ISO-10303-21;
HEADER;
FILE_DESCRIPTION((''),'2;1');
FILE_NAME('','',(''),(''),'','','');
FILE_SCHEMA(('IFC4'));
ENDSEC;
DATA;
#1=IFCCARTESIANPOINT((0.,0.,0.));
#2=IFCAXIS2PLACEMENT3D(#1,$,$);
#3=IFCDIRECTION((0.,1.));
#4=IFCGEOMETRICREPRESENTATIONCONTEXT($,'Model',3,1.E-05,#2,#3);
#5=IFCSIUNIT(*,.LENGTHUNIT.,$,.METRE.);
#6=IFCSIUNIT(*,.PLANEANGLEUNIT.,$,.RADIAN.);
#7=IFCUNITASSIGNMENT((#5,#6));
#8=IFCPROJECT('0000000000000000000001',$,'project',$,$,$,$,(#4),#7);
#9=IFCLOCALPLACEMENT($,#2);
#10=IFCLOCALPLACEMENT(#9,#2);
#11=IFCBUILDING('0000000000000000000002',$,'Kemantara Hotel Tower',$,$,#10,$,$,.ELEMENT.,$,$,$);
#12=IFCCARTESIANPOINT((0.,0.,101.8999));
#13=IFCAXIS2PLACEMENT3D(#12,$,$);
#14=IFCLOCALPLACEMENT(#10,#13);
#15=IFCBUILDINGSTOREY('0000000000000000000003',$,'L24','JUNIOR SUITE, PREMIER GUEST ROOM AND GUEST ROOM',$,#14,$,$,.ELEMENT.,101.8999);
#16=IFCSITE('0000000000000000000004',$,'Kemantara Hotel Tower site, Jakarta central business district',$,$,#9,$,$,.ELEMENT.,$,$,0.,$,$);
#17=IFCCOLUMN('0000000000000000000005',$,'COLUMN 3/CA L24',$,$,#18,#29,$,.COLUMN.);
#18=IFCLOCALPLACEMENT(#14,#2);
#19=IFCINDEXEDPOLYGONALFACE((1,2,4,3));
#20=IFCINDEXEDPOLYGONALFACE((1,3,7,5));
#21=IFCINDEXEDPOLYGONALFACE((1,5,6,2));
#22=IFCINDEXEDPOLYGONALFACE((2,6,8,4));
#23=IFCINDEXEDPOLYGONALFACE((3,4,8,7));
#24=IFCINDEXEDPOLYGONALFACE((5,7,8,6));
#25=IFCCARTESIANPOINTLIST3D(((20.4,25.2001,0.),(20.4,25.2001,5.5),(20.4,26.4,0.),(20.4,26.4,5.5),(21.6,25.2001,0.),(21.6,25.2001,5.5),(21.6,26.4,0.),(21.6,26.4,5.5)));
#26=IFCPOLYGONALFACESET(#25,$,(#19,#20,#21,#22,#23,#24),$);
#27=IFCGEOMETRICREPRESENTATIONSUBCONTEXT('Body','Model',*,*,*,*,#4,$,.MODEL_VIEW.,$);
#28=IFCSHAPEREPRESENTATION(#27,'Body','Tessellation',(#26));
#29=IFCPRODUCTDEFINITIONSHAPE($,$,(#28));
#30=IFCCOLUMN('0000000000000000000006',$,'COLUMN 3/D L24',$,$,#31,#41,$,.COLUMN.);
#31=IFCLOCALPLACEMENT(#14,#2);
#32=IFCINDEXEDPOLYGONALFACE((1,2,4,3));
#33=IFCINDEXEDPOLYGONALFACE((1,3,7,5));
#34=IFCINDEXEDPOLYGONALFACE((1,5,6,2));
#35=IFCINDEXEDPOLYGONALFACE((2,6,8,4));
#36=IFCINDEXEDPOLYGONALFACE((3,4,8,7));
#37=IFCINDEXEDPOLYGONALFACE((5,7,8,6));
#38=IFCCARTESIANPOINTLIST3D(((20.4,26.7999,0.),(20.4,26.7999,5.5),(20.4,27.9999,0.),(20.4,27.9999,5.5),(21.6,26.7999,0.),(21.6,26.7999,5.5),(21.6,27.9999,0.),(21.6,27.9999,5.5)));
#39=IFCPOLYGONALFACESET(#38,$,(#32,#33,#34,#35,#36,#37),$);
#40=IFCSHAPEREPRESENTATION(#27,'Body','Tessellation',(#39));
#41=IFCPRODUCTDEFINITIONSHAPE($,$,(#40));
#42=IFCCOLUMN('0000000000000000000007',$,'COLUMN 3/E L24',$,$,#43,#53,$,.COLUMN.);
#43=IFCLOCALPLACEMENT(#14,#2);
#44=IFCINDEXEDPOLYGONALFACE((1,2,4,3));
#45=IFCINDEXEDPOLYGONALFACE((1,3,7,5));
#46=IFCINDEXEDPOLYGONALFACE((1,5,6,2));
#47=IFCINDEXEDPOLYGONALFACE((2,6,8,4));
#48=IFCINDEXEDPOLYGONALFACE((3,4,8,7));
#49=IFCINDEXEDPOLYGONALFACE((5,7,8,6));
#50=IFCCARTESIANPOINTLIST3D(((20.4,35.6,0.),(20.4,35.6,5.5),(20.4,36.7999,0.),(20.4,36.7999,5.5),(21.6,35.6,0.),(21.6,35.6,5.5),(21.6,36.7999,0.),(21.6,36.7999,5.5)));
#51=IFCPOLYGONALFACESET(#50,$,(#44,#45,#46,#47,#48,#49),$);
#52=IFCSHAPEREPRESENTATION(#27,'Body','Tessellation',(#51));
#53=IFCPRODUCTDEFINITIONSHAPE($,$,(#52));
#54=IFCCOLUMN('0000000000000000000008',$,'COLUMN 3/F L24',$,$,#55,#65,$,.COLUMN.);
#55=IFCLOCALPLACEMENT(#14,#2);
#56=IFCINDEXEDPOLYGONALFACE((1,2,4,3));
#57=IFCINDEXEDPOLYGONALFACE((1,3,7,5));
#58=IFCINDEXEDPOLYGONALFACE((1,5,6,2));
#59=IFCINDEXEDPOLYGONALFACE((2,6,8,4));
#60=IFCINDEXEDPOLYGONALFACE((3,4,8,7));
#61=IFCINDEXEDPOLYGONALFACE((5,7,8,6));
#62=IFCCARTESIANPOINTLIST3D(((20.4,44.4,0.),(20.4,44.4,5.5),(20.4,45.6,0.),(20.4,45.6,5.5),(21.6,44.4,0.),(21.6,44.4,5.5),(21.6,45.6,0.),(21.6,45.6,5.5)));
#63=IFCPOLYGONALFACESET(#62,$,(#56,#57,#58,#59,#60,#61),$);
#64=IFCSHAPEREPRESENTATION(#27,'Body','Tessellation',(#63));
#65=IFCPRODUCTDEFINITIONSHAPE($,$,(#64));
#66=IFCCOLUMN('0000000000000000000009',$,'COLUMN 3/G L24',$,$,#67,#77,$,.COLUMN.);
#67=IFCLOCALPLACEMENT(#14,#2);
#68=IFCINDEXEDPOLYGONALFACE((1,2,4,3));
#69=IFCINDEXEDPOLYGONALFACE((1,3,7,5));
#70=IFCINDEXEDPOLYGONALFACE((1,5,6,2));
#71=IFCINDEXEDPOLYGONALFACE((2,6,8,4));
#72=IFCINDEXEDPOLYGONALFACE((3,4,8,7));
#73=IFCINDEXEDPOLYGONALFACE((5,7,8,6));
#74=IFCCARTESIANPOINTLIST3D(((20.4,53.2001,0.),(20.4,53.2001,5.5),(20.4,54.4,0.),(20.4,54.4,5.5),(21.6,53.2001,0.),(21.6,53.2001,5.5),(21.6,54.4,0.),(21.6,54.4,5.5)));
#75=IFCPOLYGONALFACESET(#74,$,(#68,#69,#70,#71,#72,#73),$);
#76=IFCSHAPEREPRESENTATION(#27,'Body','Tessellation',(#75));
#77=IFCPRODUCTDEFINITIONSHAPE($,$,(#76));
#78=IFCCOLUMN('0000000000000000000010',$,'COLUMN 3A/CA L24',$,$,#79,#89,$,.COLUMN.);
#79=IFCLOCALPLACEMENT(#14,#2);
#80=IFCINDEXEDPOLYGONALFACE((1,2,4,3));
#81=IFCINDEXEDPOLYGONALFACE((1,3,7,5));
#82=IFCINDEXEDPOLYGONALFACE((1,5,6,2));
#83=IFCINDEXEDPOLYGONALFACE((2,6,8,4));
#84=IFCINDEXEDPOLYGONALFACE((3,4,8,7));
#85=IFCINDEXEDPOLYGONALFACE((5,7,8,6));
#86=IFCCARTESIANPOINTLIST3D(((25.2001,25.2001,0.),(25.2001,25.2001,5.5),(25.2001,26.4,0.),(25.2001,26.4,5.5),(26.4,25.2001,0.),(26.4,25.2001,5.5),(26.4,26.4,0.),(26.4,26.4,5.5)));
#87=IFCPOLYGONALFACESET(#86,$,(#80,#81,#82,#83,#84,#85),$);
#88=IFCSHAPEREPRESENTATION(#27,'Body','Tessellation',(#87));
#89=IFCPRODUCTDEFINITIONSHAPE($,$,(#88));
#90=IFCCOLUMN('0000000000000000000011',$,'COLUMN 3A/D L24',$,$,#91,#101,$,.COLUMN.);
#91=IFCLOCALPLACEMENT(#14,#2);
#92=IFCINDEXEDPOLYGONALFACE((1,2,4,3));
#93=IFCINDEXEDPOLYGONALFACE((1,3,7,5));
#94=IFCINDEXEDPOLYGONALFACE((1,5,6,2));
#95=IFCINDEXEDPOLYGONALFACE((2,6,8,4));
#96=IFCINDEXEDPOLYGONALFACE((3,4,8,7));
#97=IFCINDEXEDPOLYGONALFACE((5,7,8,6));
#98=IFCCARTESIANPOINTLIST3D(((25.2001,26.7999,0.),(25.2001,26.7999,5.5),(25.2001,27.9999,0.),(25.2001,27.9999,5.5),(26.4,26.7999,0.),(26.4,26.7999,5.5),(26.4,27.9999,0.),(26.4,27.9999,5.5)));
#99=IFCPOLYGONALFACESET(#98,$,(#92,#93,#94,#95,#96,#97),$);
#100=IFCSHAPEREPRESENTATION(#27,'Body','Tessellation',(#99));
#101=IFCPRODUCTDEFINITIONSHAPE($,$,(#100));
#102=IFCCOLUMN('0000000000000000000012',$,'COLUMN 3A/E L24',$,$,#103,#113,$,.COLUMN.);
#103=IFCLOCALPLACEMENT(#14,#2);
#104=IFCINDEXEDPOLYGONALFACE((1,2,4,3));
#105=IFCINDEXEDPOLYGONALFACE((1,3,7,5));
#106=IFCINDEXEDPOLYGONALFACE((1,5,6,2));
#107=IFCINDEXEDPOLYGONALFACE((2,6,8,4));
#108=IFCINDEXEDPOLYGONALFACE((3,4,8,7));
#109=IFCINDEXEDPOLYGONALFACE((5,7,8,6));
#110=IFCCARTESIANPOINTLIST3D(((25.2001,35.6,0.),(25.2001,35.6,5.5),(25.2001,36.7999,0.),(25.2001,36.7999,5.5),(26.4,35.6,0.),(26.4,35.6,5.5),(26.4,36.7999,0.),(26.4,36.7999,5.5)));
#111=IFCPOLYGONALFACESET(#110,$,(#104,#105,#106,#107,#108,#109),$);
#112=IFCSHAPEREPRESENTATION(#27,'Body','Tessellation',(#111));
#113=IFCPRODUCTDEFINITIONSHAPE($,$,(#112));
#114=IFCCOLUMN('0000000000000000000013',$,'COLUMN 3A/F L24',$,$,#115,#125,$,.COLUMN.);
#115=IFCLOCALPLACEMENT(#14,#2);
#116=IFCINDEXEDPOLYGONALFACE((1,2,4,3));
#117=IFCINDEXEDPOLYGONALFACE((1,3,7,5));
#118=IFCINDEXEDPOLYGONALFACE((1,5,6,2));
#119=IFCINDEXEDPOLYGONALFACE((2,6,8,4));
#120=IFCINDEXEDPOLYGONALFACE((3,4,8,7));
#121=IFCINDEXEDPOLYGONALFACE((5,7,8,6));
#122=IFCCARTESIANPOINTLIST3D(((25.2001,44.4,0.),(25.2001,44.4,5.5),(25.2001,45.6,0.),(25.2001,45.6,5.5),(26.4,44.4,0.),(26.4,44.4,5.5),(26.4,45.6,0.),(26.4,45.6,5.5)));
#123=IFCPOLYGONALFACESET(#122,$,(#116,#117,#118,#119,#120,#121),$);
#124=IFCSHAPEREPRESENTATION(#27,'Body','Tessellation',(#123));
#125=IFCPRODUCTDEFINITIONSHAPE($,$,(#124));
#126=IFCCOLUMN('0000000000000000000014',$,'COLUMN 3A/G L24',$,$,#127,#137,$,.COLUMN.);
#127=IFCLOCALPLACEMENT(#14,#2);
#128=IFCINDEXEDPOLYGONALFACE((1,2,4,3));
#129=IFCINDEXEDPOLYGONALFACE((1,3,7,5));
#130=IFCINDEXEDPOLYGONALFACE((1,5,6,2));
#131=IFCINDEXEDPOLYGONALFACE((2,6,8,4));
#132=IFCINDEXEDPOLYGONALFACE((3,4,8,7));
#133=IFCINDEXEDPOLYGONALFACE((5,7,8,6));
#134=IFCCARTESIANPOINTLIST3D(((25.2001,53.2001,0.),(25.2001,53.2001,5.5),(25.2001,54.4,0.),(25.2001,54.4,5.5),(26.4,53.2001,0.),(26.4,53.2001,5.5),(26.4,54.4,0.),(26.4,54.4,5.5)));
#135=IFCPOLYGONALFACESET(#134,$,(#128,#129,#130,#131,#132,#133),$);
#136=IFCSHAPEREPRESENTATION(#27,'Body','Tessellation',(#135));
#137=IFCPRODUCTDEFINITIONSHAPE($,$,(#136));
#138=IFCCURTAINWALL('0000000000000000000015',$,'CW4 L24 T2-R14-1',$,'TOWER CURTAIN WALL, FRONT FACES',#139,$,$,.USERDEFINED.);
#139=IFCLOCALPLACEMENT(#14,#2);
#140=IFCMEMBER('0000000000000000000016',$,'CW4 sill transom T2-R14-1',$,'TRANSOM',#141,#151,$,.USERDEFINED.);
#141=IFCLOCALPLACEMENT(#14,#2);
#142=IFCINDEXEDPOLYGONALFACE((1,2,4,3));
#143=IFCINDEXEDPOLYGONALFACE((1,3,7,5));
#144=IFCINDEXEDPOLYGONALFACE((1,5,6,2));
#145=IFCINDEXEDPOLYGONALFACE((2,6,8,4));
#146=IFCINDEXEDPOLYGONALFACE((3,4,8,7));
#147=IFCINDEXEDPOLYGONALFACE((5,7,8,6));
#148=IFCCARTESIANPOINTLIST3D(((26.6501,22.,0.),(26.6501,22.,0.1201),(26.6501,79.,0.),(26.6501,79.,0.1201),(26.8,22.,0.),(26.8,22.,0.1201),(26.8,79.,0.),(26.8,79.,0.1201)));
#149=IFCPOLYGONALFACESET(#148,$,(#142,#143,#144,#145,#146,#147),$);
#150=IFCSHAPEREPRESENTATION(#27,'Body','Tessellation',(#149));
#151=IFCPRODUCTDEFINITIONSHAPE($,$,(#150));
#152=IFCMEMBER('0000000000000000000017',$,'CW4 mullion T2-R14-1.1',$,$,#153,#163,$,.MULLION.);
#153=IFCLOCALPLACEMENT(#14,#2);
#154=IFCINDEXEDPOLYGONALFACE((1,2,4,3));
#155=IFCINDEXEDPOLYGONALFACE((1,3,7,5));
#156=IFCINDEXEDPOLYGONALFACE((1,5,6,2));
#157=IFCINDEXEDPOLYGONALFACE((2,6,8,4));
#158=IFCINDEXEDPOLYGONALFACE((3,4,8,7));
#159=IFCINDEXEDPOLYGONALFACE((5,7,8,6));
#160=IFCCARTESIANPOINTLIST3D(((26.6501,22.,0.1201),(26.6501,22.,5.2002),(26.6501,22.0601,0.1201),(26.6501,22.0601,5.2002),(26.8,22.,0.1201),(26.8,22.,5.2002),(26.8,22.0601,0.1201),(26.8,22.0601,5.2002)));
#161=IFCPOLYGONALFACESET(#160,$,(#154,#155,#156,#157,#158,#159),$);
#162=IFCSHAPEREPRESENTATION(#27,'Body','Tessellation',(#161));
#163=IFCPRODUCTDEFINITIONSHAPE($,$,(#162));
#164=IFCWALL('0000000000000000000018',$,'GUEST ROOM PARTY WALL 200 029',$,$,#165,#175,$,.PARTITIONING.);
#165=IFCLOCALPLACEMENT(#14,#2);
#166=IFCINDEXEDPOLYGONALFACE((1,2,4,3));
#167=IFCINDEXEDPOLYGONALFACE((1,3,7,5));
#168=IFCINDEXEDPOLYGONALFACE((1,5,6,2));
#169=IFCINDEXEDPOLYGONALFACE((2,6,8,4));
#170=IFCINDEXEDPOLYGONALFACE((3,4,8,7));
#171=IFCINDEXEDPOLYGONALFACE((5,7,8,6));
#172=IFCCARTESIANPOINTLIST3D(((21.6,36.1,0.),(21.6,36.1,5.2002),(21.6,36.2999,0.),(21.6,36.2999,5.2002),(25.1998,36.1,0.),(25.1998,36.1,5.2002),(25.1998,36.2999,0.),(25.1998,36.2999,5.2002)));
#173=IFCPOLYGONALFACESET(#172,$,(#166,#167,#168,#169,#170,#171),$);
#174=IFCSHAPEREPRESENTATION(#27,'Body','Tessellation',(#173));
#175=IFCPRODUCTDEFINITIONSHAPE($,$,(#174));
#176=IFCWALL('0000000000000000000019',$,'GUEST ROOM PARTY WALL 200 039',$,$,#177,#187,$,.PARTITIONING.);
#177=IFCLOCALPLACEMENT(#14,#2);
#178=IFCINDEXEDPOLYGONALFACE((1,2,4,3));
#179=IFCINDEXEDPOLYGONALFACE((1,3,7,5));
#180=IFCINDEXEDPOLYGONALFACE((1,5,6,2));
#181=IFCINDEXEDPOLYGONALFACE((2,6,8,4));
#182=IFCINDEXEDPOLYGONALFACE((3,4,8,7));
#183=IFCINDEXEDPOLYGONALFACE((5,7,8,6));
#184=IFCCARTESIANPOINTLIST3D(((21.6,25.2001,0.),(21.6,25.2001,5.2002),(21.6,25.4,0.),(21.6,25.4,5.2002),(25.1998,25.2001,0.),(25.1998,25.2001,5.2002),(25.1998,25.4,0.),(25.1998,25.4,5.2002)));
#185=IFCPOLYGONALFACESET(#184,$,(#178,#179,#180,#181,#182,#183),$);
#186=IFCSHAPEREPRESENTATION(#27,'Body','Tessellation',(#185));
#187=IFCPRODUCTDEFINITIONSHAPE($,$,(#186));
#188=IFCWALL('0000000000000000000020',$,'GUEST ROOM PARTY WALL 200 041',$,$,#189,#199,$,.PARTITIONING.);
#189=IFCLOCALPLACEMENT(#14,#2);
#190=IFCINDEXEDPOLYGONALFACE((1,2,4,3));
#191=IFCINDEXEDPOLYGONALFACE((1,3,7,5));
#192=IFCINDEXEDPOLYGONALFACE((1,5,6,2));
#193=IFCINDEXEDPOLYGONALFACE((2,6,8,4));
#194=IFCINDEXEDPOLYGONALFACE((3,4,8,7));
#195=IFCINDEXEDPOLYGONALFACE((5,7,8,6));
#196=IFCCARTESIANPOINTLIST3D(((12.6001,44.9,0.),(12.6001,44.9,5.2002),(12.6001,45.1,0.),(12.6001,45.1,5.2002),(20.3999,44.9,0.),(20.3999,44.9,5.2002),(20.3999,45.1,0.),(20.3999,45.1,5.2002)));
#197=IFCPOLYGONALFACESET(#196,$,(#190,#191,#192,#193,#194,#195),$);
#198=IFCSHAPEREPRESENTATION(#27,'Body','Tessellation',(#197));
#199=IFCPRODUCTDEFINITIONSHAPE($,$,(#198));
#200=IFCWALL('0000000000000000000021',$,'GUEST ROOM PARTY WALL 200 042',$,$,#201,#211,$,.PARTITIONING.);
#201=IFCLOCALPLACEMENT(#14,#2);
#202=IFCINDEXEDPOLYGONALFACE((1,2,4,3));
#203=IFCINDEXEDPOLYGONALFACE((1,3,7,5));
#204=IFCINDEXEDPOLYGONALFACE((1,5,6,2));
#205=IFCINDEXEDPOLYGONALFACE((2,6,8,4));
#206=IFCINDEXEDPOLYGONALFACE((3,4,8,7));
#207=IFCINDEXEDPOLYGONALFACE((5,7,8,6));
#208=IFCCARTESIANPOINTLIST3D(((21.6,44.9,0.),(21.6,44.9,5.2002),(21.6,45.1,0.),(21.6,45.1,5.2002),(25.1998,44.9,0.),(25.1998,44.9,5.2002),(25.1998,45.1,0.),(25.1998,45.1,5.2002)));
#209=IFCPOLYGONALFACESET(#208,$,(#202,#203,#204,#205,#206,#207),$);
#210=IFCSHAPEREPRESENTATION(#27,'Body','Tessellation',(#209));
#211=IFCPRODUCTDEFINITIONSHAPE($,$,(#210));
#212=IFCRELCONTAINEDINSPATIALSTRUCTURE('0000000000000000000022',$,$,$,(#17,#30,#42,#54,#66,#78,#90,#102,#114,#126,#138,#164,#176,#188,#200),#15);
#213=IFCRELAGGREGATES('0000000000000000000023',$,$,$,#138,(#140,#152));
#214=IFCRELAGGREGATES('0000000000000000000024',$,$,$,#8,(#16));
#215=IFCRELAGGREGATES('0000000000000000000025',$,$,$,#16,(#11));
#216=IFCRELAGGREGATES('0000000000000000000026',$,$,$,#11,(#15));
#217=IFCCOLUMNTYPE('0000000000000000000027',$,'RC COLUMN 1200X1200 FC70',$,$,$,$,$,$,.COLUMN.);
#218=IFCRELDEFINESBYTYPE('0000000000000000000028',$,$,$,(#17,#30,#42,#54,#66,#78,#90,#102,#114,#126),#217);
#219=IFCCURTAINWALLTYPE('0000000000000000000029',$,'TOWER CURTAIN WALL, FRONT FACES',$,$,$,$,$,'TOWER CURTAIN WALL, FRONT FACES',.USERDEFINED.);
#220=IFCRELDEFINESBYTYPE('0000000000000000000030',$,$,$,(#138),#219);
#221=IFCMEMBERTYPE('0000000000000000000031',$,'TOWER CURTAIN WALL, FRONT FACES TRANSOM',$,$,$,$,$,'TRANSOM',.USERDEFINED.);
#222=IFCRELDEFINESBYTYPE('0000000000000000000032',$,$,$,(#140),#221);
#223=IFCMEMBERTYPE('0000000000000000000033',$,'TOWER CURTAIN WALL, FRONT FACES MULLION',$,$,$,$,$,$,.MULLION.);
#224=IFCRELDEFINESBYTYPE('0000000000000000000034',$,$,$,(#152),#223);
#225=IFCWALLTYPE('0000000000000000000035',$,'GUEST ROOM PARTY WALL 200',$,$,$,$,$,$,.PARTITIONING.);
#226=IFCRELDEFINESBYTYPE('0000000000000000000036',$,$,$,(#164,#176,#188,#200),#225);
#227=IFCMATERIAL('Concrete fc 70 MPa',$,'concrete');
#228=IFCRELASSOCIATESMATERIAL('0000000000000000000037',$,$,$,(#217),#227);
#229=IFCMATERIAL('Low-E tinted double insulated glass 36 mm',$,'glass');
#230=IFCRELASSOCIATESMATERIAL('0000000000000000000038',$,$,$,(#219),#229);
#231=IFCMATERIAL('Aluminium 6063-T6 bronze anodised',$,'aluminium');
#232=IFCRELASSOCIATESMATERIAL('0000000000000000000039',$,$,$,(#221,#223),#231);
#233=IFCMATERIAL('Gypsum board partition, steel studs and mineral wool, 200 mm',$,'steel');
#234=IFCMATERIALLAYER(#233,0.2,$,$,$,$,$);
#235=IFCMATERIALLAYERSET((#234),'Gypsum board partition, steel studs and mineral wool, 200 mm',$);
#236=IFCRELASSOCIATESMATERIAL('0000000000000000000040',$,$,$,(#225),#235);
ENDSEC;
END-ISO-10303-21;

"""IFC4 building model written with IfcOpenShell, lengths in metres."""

from ifc_helpers import new_model, si_unit, direction, frame, frame_2d, origin, origin_2d, place, context, subcontext, project, spatial, rectangle, extrude, source, transform, mapped, material, layer, layer_set, material_profile, profile_set, type_object, element, aggregate, save


model = new_model("IFC4")

# Units and contexts
model_context = context("Model", 3, precision=1e-05, world=origin(), true_north=direction((0.0, 1.0)))
body_context = subcontext(model_context, "Body", "Model", "MODEL_VIEW")
ifc_project = project(units=[si_unit("LENGTHUNIT", "METRE"), si_unit("PLANEANGLEUNIT", "RADIAN")], contexts=[model_context])

# Site, building, storey
site_placement = place(None, origin())
site = spatial("IfcSite", under=ifc_project, at=site_placement, Name="Kemantara Hotel Tower site, Jakarta central business district", CompositionType="ELEMENT", RefElevation=0.0)
building_placement = place(site_placement, origin())
building = spatial("IfcBuilding", under=site, at=building_placement, Name="Kemantara Hotel Tower", CompositionType="ELEMENT")
storey_placement = place(building_placement, frame((0.0, 0.0, 101.8999)))
storey = spatial("IfcBuildingStorey", under=building, at=storey_placement, Name="L24", Description="JUNIOR SUITE, PREMIER GUEST ROOM AND GUEST ROOM", CompositionType="ELEMENT", Elevation=101.8999)

# Columns
ifc_material_1 = material(Name="Concrete fc 70 MPa", Category="concrete")
ifc_material_profile_1 = material_profile(ifc_material_1, rectangle(XDim=1.2, YDim=1.2, at=origin_2d()), Name="RC 1200X1200")
ifc_profile_set_1 = profile_set([ifc_material_profile_1], Name="Concrete fc 70 MPa")
column_type = type_object("IfcColumnType", Name="RC COLUMN 1200X1200 FC70", PredefinedType="COLUMN", material=ifc_profile_set_1)
for number, where, z_axis, x_axis, name in (
    (1, (21.0, 25.8, 0.0), (0.0, 0.0, 1.0), (1.0, 0.0, 0.0), "COLUMN 3/CA L24"),
    (2, (21.0, 27.3999, 0.0), (0.0, 0.0, 1.0), (1.0, 0.0, 0.0), "COLUMN 3/D L24"),
    (3, (21.0, 36.2, 0.0), (0.0, 0.0, 1.0), (1.0, 0.0, 0.0), "COLUMN 3/E L24"),
    (4, (21.0, 45.0, 0.0), (0.0, 0.0, 1.0), (1.0, 0.0, 0.0), "COLUMN 3/F L24"),
    (5, (21.0, 53.8, 0.0), (0.0, 0.0, 1.0), (1.0, 0.0, 0.0), "COLUMN 3/G L24"),
    (6, (25.8, 25.8, 0.0), (0.0, 0.0, 1.0), (1.0, 0.0, 0.0), "COLUMN 3A/CA L24"),
    (7, (25.8, 27.3999, 0.0), (0.0, 0.0, 1.0), (1.0, 0.0, 0.0), "COLUMN 3A/D L24"),
    (8, (25.8, 36.2, 0.0), (0.0, 0.0, 1.0), (1.0, 0.0, 0.0), "COLUMN 3A/E L24"),
    (9, (25.8, 45.0, 0.0), (0.0, 0.0, 1.0), (1.0, 0.0, 0.0), "COLUMN 3A/F L24"),
    (10, (25.8, 53.8, 0.0), (0.0, 0.0, 1.0), (1.0, 0.0, 0.0), "COLUMN 3A/G L24"),
):
    element("IfcColumn", number, at=place(storey_placement, frame(where, z_axis=z_axis, x_axis=x_axis)), inside=storey, type_object=column_type, Name=name, PredefinedType="COLUMN", context=body_context, shape_type="SweptSolid", body=[
        extrude(rectangle(XDim=1.2, YDim=1.2, at=origin_2d()), origin(), (0.0, 0.0, 1.0), 5.5),
    ])

# Curtain wall, members
ifc_material_2 = material(Name="Low-E tinted double insulated glass 36 mm", Category="glass")
curtain_wall_type = type_object("IfcCurtainWallType", Name="TOWER CURTAIN WALL, FRONT FACES", ElementType="TOWER CURTAIN WALL, FRONT FACES", PredefinedType="USERDEFINED", material=ifc_material_2)
curtain_wall_placement = place(storey_placement, origin())
curtain_wall = element("IfcCurtainWall", 11, at=curtain_wall_placement, inside=storey, type_object=curtain_wall_type, Name="CW4 L24 T2-R14-1", ObjectType="TOWER CURTAIN WALL, FRONT FACES", PredefinedType="USERDEFINED")
ifc_material_3 = material(Name="Aluminium 6063-T6 bronze anodised", Category="aluminium")
ifc_material_profile_2 = material_profile(ifc_material_3, rectangle(XDim=0.1499, YDim=0.1201, at=origin_2d()), Name="TOWER CURTAIN WALL, FRONT FACES TRANSOM")
ifc_profile_set_2 = profile_set([ifc_material_profile_2], Name="Aluminium 6063-T6 bronze anodised")
member_type_1 = type_object("IfcMemberType", Name="TOWER CURTAIN WALL, FRONT FACES TRANSOM", ElementType="TRANSOM", PredefinedType="USERDEFINED", material=ifc_profile_set_2)
member_1_placement = place(storey_placement, frame((26.7251, 22.0, 0.0601), z_axis=(0.0, 1.0, 0.0), x_axis=(-1.0, 0.0, 0.0)))
member_1 = element("IfcMember", 12, at=member_1_placement, type_object=member_type_1, Name="CW4 sill transom T2-R14-1", ObjectType="TRANSOM", PredefinedType="USERDEFINED", context=body_context, shape_type="SweptSolid", body=[
    extrude(rectangle(XDim=0.1499, YDim=0.1201, at=origin_2d()), origin(), (0.0, 0.0, 1.0), 57.0),
])
ifc_material_profile_3 = material_profile(ifc_material_3, rectangle(XDim=0.1499, YDim=0.0601, at=origin_2d()), Name="TOWER CURTAIN WALL, FRONT FACES MULLION")
ifc_profile_set_3 = profile_set([ifc_material_profile_3], Name="Aluminium 6063-T6 bronze anodised")
member_type_2 = type_object("IfcMemberType", Name="TOWER CURTAIN WALL, FRONT FACES MULLION", PredefinedType="MULLION", material=ifc_profile_set_3)
shared_shape = source(origin(), body_context, "Body", "SweptSolid", [
    extrude(rectangle(XDim=0.1499, YDim=0.0601, at=origin_2d()), origin(), (0.0, 0.0, 1.0), 5.0801),
])
member_2_placement = place(storey_placement, frame((26.7251, 22.03, 0.1201), z_axis=(0.0, 0.0, 1.0), x_axis=(-1.0, 0.0, 0.0)))
member_2 = element("IfcMember", 13, at=member_2_placement, type_object=member_type_2, Name="CW4 mullion T2-R14-1.1", PredefinedType="MULLION", context=body_context, shape_type="MappedRepresentation", body=[
    mapped(shared_shape, transform((0.0, 0.0, 0.0))),
])
aggregate(curtain_wall, [member_1, member_2])

# Walls
ifc_material_4 = material(Name="Gypsum board partition, steel studs and mineral wool, 200 mm", Category="steel")
ifc_layer_1 = layer(ifc_material_4, 0.2)
ifc_layer_set_1 = layer_set([ifc_layer_1], Name="Gypsum board partition, steel studs and mineral wool, 200 mm")
wall_type_1 = type_object("IfcWallType", Name="GUEST ROOM PARTY WALL 200", PredefinedType="PARTITIONING", material=ifc_layer_set_1)
for number, where, z_axis, x_axis, name in (
    (14, (21.6001, 36.2, 0.0), (0.0, 0.0, 1.0), (1.0, 0.0, 0.0), "GUEST ROOM PARTY WALL 200 029"),
    (15, (21.6001, 25.3, 0.0), (0.0, 0.0, 1.0), (1.0, 0.0, 0.0), "GUEST ROOM PARTY WALL 200 039"),
):
    element("IfcWall", number, at=place(storey_placement, frame(where, z_axis=z_axis, x_axis=x_axis)), inside=storey, type_object=wall_type_1, Name=name, PredefinedType="PARTITIONING", context=body_context, shape_type="SweptSolid", body=[
        extrude(rectangle(XDim=3.5999, YDim=0.2, at=frame_2d((1.7998, 0.0))), origin(), (0.0, 0.0, 1.0), 5.2002),
    ])
wall_1_placement = place(storey_placement, frame((12.6001, 45.0, 0.0), z_axis=(0.0, 0.0, 1.0), x_axis=(1.0, 0.0, 0.0)))
element("IfcWall", 16, at=wall_1_placement, inside=storey, type_object=wall_type_1, Name="GUEST ROOM PARTY WALL 200 041", PredefinedType="PARTITIONING", context=body_context, shape_type="SweptSolid", body=[
    extrude(rectangle(XDim=7.7998, YDim=0.2, at=frame_2d((3.8999, 0.0))), origin(), (0.0, 0.0, 1.0), 5.2002),
])
wall_2_placement = place(storey_placement, frame((21.6001, 45.0, 0.0), z_axis=(0.0, 0.0, 1.0), x_axis=(1.0, 0.0, 0.0)))
element("IfcWall", 17, at=wall_2_placement, inside=storey, type_object=wall_type_1, Name="GUEST ROOM PARTY WALL 200 042", PredefinedType="PARTITIONING", context=body_context, shape_type="SweptSolid", body=[
    extrude(rectangle(XDim=3.5999, YDim=0.2, at=frame_2d((1.7998, 0.0))), origin(), (0.0, 0.0, 1.0), 5.2002),
])

save(model, "model.ifc")
